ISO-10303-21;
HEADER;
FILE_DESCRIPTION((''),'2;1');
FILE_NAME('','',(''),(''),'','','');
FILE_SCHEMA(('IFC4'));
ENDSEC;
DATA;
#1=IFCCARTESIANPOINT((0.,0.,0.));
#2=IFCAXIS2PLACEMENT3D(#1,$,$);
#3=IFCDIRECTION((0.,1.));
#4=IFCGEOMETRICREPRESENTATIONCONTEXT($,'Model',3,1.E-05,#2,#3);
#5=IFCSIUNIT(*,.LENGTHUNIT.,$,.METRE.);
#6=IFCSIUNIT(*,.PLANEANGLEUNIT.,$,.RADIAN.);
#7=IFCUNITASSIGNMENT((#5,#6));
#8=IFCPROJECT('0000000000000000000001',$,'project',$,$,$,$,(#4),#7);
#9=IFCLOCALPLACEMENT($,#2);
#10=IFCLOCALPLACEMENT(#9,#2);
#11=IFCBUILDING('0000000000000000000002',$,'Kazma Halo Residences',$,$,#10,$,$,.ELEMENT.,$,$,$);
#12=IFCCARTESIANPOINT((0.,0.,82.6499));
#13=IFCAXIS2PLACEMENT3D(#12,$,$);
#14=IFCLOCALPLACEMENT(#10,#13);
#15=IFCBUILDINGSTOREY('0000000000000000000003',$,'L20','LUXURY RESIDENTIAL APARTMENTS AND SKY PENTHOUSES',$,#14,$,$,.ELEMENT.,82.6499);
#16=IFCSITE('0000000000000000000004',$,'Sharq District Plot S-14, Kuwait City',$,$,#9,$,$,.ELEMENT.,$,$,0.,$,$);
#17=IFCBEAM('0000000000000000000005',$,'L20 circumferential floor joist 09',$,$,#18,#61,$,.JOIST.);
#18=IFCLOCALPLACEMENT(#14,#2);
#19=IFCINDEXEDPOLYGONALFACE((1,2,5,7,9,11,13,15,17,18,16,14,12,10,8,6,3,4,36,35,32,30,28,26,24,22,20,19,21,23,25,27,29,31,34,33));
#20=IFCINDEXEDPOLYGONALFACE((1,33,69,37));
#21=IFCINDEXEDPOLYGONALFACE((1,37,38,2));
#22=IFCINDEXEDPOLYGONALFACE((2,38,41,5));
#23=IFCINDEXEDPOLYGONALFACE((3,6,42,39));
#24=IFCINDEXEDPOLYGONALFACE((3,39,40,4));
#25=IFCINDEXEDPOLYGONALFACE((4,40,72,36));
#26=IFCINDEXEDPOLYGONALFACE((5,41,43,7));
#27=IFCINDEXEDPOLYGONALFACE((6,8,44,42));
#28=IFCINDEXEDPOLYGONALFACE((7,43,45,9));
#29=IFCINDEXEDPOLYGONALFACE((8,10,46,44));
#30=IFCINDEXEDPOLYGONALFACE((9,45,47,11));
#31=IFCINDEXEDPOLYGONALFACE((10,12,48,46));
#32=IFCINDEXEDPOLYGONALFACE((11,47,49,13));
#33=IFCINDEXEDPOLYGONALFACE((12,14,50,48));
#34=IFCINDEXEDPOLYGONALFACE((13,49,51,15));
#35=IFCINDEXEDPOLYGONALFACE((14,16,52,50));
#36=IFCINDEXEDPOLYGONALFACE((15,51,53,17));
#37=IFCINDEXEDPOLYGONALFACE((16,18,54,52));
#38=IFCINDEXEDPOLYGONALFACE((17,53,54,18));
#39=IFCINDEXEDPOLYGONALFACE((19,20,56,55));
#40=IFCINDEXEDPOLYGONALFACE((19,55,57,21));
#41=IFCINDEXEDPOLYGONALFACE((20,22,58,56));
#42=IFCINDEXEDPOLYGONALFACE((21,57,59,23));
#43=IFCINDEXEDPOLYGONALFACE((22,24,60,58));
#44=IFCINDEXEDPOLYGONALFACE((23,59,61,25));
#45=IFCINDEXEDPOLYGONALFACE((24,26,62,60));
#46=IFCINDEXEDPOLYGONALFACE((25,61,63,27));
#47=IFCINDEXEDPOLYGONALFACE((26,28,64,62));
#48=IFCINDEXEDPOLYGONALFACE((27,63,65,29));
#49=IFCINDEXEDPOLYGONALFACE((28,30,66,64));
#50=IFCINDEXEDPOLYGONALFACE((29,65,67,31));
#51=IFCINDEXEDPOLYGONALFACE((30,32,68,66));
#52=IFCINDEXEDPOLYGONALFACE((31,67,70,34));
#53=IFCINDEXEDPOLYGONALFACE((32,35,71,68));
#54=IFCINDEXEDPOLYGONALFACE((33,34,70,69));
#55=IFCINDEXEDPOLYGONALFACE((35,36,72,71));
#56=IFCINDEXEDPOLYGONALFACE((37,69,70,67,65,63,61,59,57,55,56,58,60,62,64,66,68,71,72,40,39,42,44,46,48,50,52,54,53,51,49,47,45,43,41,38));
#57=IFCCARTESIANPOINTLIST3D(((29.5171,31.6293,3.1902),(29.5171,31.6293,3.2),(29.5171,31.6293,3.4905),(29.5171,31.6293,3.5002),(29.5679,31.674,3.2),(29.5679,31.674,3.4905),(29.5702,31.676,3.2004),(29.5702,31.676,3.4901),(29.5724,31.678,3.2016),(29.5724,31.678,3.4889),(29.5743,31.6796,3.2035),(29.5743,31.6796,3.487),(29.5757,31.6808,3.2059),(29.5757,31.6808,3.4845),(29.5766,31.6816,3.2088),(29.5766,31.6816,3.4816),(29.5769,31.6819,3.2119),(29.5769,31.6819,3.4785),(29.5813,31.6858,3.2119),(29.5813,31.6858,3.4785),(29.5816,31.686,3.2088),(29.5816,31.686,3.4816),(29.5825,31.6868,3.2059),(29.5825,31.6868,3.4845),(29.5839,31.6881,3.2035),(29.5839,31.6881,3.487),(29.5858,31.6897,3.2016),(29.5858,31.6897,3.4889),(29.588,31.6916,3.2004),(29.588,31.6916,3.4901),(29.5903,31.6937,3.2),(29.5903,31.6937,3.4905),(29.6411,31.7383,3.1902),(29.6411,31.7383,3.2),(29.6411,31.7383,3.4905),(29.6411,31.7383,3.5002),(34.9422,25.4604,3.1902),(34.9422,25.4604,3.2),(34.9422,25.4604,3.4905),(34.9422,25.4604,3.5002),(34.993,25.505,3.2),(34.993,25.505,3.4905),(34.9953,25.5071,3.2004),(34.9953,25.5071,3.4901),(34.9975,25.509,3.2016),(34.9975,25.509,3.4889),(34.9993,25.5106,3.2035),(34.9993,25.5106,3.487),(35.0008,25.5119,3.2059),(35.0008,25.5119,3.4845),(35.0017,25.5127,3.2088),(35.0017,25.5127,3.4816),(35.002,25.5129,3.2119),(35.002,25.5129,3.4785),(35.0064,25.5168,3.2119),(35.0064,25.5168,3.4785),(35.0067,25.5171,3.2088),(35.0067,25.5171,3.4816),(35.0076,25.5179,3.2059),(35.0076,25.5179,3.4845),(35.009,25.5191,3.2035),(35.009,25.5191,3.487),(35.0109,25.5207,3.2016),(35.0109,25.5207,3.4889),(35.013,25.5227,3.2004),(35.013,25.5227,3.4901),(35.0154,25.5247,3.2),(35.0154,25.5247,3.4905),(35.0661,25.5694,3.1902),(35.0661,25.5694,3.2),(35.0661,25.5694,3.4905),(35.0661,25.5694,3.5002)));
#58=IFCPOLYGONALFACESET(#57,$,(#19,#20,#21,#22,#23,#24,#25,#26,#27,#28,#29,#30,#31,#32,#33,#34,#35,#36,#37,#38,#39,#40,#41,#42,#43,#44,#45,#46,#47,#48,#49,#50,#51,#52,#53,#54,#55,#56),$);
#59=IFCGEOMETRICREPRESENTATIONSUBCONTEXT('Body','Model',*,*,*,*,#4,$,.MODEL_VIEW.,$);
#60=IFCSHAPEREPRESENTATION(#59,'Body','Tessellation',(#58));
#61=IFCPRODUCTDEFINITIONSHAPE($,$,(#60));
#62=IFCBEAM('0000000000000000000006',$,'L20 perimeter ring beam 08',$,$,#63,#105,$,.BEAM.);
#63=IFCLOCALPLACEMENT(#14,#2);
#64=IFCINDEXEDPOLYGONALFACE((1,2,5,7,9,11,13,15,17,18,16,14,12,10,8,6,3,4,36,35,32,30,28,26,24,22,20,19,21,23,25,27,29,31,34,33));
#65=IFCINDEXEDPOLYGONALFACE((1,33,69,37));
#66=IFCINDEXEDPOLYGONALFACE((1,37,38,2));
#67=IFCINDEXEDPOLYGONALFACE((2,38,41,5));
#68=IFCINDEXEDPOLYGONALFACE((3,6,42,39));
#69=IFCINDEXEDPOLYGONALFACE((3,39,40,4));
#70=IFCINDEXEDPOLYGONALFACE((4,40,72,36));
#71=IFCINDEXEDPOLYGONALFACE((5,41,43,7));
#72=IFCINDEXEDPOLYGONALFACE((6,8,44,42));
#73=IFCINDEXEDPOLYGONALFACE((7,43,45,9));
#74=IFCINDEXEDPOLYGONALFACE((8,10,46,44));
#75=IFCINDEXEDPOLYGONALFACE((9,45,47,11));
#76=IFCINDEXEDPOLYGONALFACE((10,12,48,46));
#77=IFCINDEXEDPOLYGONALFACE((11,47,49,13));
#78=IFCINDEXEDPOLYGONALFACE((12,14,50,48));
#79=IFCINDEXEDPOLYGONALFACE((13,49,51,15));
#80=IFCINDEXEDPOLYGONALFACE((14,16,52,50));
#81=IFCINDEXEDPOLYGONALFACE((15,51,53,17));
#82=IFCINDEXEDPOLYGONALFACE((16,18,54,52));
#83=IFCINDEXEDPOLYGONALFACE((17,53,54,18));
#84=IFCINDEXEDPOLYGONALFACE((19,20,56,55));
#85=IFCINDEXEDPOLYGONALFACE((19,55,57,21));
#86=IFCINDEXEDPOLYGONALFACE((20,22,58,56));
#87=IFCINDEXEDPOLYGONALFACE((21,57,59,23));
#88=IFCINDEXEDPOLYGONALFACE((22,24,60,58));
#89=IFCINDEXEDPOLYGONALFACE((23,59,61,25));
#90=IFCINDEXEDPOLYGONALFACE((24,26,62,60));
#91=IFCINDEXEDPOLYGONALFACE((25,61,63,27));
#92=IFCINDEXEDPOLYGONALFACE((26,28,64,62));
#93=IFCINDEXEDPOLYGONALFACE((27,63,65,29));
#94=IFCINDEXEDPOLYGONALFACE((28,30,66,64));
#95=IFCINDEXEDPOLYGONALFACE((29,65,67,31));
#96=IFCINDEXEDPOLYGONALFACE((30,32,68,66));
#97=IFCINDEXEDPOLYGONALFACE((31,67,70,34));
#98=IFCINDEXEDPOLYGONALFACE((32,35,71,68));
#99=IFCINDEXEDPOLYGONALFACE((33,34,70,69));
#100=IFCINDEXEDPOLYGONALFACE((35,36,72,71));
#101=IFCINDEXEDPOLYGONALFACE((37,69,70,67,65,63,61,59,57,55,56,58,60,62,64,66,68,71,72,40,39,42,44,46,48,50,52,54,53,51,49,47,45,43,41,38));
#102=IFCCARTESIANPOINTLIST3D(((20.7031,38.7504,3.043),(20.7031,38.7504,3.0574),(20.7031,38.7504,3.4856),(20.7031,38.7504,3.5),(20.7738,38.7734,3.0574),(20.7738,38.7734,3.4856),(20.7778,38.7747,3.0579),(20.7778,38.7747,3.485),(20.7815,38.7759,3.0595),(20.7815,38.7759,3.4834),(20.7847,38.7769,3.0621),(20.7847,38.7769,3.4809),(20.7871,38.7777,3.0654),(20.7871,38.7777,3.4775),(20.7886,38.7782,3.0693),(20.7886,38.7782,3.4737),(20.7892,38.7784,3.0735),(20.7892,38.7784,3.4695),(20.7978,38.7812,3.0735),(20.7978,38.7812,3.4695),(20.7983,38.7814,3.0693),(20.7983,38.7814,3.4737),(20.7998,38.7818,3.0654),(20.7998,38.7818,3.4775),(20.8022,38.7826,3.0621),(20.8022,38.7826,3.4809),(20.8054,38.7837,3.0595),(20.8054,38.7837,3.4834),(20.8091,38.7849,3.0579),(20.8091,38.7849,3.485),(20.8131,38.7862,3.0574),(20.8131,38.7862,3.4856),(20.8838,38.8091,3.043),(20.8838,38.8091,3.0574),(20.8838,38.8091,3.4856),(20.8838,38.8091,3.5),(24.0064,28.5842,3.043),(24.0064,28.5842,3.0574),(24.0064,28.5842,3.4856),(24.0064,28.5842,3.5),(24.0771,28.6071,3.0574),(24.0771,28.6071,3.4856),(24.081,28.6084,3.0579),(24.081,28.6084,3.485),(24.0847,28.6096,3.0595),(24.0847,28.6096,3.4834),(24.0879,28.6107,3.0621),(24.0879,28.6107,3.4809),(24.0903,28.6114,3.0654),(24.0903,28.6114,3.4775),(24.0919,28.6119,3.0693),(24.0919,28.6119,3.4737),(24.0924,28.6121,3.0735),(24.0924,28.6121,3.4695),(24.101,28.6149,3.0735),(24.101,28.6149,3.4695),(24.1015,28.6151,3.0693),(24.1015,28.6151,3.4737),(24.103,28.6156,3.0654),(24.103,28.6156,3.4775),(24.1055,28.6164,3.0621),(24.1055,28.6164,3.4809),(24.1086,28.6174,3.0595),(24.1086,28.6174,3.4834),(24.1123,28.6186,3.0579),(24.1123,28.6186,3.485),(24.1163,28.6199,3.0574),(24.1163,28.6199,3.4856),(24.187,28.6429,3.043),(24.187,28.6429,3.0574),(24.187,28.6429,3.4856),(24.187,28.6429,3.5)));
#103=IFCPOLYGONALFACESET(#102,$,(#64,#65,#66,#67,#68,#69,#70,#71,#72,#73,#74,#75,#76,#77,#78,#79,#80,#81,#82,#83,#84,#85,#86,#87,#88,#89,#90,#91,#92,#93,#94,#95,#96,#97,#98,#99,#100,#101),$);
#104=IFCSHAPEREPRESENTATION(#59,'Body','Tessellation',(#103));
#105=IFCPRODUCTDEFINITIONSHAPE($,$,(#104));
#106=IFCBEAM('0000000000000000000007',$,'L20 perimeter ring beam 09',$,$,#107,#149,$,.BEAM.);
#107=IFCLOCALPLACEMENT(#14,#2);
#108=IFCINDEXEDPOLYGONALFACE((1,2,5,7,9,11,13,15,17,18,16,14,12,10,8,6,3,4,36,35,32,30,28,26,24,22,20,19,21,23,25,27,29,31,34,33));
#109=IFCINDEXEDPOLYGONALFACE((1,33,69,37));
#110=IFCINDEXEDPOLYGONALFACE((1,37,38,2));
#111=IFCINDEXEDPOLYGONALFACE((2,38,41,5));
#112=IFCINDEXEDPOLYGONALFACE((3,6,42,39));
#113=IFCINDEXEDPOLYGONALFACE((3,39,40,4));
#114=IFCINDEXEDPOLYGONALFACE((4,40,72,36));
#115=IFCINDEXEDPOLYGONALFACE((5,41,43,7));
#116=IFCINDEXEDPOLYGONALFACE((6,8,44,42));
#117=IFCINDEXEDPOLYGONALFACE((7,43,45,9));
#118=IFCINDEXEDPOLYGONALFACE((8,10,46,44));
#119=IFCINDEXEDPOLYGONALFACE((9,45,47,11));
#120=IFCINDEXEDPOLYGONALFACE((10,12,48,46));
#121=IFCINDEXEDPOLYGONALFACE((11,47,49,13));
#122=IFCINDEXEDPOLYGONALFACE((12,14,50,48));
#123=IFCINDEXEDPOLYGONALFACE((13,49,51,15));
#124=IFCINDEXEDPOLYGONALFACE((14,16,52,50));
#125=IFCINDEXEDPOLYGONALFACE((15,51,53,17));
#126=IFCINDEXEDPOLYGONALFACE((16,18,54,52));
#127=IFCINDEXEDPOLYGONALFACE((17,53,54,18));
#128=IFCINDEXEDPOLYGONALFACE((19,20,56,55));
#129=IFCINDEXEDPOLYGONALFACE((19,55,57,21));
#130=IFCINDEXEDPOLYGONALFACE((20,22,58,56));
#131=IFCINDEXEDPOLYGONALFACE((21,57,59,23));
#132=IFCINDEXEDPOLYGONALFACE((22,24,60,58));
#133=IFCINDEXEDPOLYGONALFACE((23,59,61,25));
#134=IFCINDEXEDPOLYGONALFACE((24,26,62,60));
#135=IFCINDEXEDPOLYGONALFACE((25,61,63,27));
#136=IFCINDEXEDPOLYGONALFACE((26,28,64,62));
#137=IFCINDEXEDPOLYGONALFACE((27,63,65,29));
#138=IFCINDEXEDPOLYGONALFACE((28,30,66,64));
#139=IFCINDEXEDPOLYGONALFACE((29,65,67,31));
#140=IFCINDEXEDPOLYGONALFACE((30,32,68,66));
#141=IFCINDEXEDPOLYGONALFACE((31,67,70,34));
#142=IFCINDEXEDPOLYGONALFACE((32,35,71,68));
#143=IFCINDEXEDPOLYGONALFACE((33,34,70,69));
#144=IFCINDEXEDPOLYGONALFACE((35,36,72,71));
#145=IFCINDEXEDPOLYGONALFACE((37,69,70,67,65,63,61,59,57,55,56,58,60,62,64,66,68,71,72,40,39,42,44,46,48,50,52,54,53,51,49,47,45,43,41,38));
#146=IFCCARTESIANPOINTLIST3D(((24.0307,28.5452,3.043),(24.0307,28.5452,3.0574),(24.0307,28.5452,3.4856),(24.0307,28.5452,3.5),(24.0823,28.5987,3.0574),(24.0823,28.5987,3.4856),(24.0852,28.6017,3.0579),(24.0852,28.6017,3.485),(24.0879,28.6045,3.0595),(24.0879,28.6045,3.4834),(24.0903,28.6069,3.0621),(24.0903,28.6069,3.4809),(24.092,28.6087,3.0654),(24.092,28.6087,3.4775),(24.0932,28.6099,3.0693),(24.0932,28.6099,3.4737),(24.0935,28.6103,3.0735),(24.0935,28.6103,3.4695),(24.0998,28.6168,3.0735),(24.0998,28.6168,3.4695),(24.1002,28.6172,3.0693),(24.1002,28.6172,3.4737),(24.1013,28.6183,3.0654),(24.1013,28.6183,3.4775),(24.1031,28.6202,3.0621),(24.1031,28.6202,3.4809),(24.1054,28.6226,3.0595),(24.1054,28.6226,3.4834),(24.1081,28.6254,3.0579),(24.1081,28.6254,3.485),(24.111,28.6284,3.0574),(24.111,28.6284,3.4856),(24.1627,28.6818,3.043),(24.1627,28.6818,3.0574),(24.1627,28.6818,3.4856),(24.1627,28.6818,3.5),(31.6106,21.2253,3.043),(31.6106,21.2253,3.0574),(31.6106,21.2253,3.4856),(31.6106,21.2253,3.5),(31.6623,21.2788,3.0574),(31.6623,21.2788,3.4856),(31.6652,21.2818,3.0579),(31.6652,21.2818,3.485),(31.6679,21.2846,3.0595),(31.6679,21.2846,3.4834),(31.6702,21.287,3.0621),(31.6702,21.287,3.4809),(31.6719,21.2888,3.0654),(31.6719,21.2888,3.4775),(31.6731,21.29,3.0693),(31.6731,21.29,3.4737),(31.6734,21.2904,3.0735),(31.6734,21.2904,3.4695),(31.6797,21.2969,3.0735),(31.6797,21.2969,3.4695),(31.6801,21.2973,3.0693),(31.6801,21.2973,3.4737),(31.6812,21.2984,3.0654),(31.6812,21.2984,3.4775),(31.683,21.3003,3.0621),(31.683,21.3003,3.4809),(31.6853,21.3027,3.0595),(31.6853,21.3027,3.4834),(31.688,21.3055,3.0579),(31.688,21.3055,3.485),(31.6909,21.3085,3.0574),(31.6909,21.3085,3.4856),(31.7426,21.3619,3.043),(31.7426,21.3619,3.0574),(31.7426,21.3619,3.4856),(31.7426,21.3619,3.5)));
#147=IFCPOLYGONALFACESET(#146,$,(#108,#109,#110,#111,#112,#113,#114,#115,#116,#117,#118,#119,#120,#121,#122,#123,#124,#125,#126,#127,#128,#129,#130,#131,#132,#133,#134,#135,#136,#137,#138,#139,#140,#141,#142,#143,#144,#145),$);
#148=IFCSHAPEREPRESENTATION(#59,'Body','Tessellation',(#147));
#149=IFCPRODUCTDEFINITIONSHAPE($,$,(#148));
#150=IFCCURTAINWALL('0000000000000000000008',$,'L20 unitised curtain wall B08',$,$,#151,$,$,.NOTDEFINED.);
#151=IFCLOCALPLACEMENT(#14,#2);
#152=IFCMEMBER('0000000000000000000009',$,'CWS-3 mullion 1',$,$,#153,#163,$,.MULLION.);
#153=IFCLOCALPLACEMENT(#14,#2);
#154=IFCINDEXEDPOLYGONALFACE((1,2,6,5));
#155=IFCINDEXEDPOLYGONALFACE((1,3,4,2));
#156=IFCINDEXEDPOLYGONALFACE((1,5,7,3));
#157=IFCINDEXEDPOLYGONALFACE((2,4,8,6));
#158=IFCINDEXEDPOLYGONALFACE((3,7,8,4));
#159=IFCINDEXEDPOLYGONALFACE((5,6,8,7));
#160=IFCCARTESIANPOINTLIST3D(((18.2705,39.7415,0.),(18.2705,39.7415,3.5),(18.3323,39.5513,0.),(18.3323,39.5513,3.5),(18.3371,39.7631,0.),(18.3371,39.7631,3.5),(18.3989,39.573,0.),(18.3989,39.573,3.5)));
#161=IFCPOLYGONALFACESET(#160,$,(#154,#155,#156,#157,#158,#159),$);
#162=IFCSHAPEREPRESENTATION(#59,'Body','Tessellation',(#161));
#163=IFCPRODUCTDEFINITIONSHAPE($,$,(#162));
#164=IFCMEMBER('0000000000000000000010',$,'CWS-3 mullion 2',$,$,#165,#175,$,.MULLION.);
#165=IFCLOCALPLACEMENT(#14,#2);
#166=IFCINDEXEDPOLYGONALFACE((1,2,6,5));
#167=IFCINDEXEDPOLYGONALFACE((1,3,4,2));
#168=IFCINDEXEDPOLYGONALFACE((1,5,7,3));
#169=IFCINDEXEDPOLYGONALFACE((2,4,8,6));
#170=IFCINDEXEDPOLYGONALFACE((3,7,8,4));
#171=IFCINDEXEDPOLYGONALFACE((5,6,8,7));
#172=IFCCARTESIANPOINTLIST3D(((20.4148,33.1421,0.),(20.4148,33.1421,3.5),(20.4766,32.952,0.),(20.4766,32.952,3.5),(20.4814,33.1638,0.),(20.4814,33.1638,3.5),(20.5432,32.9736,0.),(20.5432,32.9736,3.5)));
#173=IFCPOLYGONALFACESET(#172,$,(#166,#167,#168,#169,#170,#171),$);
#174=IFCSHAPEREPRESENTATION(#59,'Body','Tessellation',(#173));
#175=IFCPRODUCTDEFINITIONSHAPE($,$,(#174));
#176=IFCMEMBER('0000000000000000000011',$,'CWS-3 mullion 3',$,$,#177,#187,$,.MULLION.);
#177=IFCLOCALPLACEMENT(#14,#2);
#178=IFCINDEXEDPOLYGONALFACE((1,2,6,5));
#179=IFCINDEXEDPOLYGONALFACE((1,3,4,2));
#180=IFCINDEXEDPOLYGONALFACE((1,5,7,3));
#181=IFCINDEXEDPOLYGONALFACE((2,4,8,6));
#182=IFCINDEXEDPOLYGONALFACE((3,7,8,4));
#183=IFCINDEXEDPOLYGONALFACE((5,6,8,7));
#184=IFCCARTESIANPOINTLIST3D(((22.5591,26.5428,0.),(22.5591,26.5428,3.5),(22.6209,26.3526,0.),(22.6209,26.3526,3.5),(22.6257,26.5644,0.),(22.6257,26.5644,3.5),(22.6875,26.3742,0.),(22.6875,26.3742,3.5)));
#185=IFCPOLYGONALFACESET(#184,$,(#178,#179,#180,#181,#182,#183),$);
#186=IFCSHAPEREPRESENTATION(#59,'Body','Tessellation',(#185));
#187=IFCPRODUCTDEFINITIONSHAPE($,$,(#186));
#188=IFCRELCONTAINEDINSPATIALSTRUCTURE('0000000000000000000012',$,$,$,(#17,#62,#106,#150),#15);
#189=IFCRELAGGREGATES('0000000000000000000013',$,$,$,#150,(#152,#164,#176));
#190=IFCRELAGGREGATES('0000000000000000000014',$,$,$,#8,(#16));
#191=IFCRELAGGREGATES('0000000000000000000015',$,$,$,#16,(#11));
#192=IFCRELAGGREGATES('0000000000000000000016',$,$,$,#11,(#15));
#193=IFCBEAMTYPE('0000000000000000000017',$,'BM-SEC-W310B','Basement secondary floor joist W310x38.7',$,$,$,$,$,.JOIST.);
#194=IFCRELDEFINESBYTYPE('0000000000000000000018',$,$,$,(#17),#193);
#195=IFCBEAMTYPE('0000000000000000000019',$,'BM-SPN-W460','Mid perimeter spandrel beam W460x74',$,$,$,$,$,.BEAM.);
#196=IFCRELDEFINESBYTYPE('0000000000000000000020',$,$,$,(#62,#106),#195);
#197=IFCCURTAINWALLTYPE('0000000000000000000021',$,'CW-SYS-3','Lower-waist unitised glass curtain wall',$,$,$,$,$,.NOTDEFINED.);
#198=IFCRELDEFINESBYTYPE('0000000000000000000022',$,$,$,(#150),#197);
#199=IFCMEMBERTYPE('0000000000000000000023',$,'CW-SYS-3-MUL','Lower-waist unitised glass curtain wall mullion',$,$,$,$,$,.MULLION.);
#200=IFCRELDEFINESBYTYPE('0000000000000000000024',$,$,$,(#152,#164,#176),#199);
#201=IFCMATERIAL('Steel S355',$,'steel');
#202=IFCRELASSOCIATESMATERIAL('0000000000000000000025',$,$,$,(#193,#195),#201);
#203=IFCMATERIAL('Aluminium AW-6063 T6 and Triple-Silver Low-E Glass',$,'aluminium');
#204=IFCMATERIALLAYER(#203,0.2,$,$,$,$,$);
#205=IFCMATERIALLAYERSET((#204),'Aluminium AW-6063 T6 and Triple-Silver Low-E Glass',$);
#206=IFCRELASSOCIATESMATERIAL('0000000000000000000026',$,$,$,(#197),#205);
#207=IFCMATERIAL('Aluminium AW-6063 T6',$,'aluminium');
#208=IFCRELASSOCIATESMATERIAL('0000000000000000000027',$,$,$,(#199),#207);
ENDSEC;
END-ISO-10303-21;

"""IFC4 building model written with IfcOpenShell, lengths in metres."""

from ifc_helpers import new_model, si_unit, direction, frame, origin, origin_2d, place, context, subcontext, project, spatial, rectangle, i_section, extrude, material, layer, layer_set, material_profile, profile_set, type_object, element, aggregate, save


model = new_model("IFC4")

# Units and contexts
model_context = context("Model", 3, precision=1e-05, world=origin(), true_north=direction((0.0, 1.0)))
body_context = subcontext(model_context, "Body", "Model", "MODEL_VIEW")
ifc_project = project(units=[si_unit("LENGTHUNIT", "METRE"), si_unit("PLANEANGLEUNIT", "RADIAN")], contexts=[model_context])

# Site, building, storey
site_placement = place(None, origin())
site = spatial("IfcSite", under=ifc_project, at=site_placement, Name="Sharq District Plot S-14, Kuwait City", CompositionType="ELEMENT", RefElevation=0.0)
building_placement = place(site_placement, origin())
building = spatial("IfcBuilding", under=site, at=building_placement, Name="Kazma Halo Residences", CompositionType="ELEMENT")
storey_placement = place(building_placement, frame((0.0, 0.0, 82.6499)))
storey = spatial("IfcBuildingStorey", under=building, at=storey_placement, Name="L20", Description="LUXURY RESIDENTIAL APARTMENTS AND SKY PENTHOUSES", CompositionType="ELEMENT", Elevation=82.6499)

# Beams
ifc_material_1 = material(Name="Steel S355", Category="steel")
ifc_material_profile_1 = material_profile(ifc_material_1, i_section(OverallWidth=0.165, OverallDepth=0.3101, WebThickness=0.0059, FlangeThickness=0.0098, FilletRadius=0.012, at=origin_2d()), Name="W310x38.7")
ifc_profile_set_1 = profile_set([ifc_material_profile_1], Name="Steel S355")
beam_type_1 = type_object("IfcBeamType", Name="BM-SEC-W310B", Description="Basement secondary floor joist W310x38.7", PredefinedType="JOIST", material=ifc_profile_set_1)
beam_1_placement = place(storey_placement, frame((29.5791, 31.6838, 3.3452), z_axis=(0.660379, -0.750932, 0.0), x_axis=(0.750932, 0.660379, 0.0)))
element("IfcBeam", 1, at=beam_1_placement, inside=storey, type_object=beam_type_1, Name="L20 circumferential floor joist 09", PredefinedType="JOIST", context=body_context, shape_type="SweptSolid", body=[
    extrude(i_section(OverallWidth=0.165, OverallDepth=0.3101, WebThickness=0.0059, FlangeThickness=0.0098, FilletRadius=0.012, at=origin_2d()), origin(), (0.0, 0.0, 1.0), 8.2151),
])
ifc_material_profile_2 = material_profile(ifc_material_1, i_section(OverallWidth=0.1899, OverallDepth=0.457, WebThickness=0.009, FlangeThickness=0.0144, FilletRadius=0.0161, at=origin_2d()), Name="W460x74")
ifc_profile_set_2 = profile_set([ifc_material_profile_2], Name="Steel S355")
beam_type_2 = type_object("IfcBeamType", Name="BM-SPN-W460", Description="Mid perimeter spandrel beam W460x74", PredefinedType="BEAM", material=ifc_profile_set_2)
beam_2_placement = place(storey_placement, frame((20.7935, 38.7798, 3.2715), z_axis=(0.309017, -0.951056, 0.0), x_axis=(0.951056, 0.309017, 0.0)))
element("IfcBeam", 2, at=beam_2_placement, inside=storey, type_object=beam_type_2, Name="L20 perimeter ring beam 08", PredefinedType="BEAM", context=body_context, shape_type="SweptSolid", body=[
    extrude(i_section(OverallWidth=0.1899, OverallDepth=0.457, WebThickness=0.009, FlangeThickness=0.0144, FilletRadius=0.0161, at=origin_2d()), origin(), (0.0, 0.0, 1.0), 10.6895),
])
beam_3_placement = place(storey_placement, frame((24.0967, 28.6135, 3.2715), z_axis=(0.719337, -0.694661, 0.0), x_axis=(0.694661, 0.719337, 0.0)))
element("IfcBeam", 3, at=beam_3_placement, inside=storey, type_object=beam_type_2, Name="L20 perimeter ring beam 09", PredefinedType="BEAM", context=body_context, shape_type="SweptSolid", body=[
    extrude(i_section(OverallWidth=0.1899, OverallDepth=0.457, WebThickness=0.009, FlangeThickness=0.0144, FilletRadius=0.0161, at=origin_2d()), origin(), (0.0, 0.0, 1.0), 10.5374),
])

# Curtain wall, members
ifc_material_2 = material(Name="Aluminium AW-6063 T6 and Triple-Silver Low-E Glass", Category="aluminium")
ifc_layer_1 = layer(ifc_material_2, 0.2)
ifc_layer_set_1 = layer_set([ifc_layer_1], Name="Aluminium AW-6063 T6 and Triple-Silver Low-E Glass")
curtain_wall_type = type_object("IfcCurtainWallType", Name="CW-SYS-3", Description="Lower-waist unitised glass curtain wall", PredefinedType="NOTDEFINED", material=ifc_layer_set_1)
curtain_wall_placement = place(storey_placement, origin())
curtain_wall = element("IfcCurtainWall", 4, at=curtain_wall_placement, inside=storey, type_object=curtain_wall_type, Name="L20 unitised curtain wall B08", PredefinedType="NOTDEFINED")
ifc_material_3 = material(Name="Aluminium AW-6063 T6", Category="aluminium")
ifc_material_profile_3 = material_profile(ifc_material_3, rectangle(XDim=0.0701, YDim=0.2, at=origin_2d()), Name="CWM-70x200")
ifc_profile_set_3 = profile_set([ifc_material_profile_3], Name="Aluminium AW-6063 T6")
member_type_1 = type_object("IfcMemberType", Name="CW-SYS-3-MUL", Description="Lower-waist unitised glass curtain wall mullion", PredefinedType="MULLION", material=ifc_profile_set_3)
member_1_placement = place(storey_placement, frame((18.3347, 39.6572, 0.0), z_axis=(0.0, 0.0, 1.0), x_axis=(0.951058, 0.309013, 0.0)))
member_1 = element("IfcMember", 5, at=member_1_placement, type_object=member_type_1, Name="CWS-3 mullion 1", PredefinedType="MULLION", context=body_context, shape_type="SweptSolid", body=[
    extrude(rectangle(XDim=0.0701, YDim=0.2, at=origin_2d()), origin(), (0.0, 0.0, 1.0), 3.5),
])
member_2_placement = place(storey_placement, frame((20.479, 33.0579, 0.0), z_axis=(0.0, 0.0, 1.0), x_axis=(0.951058, 0.309013, 0.0)))
member_2 = element("IfcMember", 6, at=member_2_placement, type_object=member_type_1, Name="CWS-3 mullion 2", PredefinedType="MULLION", context=body_context, shape_type="SweptSolid", body=[
    extrude(rectangle(XDim=0.0701, YDim=0.2, at=origin_2d()), origin(), (0.0, 0.0, 1.0), 3.5),
])
member_3_placement = place(storey_placement, frame((22.6233, 26.4585, 0.0), z_axis=(0.0, 0.0, 1.0), x_axis=(0.951058, 0.309013, 0.0)))
member_3 = element("IfcMember", 7, at=member_3_placement, type_object=member_type_1, Name="CWS-3 mullion 3", PredefinedType="MULLION", context=body_context, shape_type="SweptSolid", body=[
    extrude(rectangle(XDim=0.0701, YDim=0.2, at=origin_2d()), origin(), (0.0, 0.0, 1.0), 3.5),
])
aggregate(curtain_wall, [member_1, member_2, member_3])

save(model, "model.ifc")
